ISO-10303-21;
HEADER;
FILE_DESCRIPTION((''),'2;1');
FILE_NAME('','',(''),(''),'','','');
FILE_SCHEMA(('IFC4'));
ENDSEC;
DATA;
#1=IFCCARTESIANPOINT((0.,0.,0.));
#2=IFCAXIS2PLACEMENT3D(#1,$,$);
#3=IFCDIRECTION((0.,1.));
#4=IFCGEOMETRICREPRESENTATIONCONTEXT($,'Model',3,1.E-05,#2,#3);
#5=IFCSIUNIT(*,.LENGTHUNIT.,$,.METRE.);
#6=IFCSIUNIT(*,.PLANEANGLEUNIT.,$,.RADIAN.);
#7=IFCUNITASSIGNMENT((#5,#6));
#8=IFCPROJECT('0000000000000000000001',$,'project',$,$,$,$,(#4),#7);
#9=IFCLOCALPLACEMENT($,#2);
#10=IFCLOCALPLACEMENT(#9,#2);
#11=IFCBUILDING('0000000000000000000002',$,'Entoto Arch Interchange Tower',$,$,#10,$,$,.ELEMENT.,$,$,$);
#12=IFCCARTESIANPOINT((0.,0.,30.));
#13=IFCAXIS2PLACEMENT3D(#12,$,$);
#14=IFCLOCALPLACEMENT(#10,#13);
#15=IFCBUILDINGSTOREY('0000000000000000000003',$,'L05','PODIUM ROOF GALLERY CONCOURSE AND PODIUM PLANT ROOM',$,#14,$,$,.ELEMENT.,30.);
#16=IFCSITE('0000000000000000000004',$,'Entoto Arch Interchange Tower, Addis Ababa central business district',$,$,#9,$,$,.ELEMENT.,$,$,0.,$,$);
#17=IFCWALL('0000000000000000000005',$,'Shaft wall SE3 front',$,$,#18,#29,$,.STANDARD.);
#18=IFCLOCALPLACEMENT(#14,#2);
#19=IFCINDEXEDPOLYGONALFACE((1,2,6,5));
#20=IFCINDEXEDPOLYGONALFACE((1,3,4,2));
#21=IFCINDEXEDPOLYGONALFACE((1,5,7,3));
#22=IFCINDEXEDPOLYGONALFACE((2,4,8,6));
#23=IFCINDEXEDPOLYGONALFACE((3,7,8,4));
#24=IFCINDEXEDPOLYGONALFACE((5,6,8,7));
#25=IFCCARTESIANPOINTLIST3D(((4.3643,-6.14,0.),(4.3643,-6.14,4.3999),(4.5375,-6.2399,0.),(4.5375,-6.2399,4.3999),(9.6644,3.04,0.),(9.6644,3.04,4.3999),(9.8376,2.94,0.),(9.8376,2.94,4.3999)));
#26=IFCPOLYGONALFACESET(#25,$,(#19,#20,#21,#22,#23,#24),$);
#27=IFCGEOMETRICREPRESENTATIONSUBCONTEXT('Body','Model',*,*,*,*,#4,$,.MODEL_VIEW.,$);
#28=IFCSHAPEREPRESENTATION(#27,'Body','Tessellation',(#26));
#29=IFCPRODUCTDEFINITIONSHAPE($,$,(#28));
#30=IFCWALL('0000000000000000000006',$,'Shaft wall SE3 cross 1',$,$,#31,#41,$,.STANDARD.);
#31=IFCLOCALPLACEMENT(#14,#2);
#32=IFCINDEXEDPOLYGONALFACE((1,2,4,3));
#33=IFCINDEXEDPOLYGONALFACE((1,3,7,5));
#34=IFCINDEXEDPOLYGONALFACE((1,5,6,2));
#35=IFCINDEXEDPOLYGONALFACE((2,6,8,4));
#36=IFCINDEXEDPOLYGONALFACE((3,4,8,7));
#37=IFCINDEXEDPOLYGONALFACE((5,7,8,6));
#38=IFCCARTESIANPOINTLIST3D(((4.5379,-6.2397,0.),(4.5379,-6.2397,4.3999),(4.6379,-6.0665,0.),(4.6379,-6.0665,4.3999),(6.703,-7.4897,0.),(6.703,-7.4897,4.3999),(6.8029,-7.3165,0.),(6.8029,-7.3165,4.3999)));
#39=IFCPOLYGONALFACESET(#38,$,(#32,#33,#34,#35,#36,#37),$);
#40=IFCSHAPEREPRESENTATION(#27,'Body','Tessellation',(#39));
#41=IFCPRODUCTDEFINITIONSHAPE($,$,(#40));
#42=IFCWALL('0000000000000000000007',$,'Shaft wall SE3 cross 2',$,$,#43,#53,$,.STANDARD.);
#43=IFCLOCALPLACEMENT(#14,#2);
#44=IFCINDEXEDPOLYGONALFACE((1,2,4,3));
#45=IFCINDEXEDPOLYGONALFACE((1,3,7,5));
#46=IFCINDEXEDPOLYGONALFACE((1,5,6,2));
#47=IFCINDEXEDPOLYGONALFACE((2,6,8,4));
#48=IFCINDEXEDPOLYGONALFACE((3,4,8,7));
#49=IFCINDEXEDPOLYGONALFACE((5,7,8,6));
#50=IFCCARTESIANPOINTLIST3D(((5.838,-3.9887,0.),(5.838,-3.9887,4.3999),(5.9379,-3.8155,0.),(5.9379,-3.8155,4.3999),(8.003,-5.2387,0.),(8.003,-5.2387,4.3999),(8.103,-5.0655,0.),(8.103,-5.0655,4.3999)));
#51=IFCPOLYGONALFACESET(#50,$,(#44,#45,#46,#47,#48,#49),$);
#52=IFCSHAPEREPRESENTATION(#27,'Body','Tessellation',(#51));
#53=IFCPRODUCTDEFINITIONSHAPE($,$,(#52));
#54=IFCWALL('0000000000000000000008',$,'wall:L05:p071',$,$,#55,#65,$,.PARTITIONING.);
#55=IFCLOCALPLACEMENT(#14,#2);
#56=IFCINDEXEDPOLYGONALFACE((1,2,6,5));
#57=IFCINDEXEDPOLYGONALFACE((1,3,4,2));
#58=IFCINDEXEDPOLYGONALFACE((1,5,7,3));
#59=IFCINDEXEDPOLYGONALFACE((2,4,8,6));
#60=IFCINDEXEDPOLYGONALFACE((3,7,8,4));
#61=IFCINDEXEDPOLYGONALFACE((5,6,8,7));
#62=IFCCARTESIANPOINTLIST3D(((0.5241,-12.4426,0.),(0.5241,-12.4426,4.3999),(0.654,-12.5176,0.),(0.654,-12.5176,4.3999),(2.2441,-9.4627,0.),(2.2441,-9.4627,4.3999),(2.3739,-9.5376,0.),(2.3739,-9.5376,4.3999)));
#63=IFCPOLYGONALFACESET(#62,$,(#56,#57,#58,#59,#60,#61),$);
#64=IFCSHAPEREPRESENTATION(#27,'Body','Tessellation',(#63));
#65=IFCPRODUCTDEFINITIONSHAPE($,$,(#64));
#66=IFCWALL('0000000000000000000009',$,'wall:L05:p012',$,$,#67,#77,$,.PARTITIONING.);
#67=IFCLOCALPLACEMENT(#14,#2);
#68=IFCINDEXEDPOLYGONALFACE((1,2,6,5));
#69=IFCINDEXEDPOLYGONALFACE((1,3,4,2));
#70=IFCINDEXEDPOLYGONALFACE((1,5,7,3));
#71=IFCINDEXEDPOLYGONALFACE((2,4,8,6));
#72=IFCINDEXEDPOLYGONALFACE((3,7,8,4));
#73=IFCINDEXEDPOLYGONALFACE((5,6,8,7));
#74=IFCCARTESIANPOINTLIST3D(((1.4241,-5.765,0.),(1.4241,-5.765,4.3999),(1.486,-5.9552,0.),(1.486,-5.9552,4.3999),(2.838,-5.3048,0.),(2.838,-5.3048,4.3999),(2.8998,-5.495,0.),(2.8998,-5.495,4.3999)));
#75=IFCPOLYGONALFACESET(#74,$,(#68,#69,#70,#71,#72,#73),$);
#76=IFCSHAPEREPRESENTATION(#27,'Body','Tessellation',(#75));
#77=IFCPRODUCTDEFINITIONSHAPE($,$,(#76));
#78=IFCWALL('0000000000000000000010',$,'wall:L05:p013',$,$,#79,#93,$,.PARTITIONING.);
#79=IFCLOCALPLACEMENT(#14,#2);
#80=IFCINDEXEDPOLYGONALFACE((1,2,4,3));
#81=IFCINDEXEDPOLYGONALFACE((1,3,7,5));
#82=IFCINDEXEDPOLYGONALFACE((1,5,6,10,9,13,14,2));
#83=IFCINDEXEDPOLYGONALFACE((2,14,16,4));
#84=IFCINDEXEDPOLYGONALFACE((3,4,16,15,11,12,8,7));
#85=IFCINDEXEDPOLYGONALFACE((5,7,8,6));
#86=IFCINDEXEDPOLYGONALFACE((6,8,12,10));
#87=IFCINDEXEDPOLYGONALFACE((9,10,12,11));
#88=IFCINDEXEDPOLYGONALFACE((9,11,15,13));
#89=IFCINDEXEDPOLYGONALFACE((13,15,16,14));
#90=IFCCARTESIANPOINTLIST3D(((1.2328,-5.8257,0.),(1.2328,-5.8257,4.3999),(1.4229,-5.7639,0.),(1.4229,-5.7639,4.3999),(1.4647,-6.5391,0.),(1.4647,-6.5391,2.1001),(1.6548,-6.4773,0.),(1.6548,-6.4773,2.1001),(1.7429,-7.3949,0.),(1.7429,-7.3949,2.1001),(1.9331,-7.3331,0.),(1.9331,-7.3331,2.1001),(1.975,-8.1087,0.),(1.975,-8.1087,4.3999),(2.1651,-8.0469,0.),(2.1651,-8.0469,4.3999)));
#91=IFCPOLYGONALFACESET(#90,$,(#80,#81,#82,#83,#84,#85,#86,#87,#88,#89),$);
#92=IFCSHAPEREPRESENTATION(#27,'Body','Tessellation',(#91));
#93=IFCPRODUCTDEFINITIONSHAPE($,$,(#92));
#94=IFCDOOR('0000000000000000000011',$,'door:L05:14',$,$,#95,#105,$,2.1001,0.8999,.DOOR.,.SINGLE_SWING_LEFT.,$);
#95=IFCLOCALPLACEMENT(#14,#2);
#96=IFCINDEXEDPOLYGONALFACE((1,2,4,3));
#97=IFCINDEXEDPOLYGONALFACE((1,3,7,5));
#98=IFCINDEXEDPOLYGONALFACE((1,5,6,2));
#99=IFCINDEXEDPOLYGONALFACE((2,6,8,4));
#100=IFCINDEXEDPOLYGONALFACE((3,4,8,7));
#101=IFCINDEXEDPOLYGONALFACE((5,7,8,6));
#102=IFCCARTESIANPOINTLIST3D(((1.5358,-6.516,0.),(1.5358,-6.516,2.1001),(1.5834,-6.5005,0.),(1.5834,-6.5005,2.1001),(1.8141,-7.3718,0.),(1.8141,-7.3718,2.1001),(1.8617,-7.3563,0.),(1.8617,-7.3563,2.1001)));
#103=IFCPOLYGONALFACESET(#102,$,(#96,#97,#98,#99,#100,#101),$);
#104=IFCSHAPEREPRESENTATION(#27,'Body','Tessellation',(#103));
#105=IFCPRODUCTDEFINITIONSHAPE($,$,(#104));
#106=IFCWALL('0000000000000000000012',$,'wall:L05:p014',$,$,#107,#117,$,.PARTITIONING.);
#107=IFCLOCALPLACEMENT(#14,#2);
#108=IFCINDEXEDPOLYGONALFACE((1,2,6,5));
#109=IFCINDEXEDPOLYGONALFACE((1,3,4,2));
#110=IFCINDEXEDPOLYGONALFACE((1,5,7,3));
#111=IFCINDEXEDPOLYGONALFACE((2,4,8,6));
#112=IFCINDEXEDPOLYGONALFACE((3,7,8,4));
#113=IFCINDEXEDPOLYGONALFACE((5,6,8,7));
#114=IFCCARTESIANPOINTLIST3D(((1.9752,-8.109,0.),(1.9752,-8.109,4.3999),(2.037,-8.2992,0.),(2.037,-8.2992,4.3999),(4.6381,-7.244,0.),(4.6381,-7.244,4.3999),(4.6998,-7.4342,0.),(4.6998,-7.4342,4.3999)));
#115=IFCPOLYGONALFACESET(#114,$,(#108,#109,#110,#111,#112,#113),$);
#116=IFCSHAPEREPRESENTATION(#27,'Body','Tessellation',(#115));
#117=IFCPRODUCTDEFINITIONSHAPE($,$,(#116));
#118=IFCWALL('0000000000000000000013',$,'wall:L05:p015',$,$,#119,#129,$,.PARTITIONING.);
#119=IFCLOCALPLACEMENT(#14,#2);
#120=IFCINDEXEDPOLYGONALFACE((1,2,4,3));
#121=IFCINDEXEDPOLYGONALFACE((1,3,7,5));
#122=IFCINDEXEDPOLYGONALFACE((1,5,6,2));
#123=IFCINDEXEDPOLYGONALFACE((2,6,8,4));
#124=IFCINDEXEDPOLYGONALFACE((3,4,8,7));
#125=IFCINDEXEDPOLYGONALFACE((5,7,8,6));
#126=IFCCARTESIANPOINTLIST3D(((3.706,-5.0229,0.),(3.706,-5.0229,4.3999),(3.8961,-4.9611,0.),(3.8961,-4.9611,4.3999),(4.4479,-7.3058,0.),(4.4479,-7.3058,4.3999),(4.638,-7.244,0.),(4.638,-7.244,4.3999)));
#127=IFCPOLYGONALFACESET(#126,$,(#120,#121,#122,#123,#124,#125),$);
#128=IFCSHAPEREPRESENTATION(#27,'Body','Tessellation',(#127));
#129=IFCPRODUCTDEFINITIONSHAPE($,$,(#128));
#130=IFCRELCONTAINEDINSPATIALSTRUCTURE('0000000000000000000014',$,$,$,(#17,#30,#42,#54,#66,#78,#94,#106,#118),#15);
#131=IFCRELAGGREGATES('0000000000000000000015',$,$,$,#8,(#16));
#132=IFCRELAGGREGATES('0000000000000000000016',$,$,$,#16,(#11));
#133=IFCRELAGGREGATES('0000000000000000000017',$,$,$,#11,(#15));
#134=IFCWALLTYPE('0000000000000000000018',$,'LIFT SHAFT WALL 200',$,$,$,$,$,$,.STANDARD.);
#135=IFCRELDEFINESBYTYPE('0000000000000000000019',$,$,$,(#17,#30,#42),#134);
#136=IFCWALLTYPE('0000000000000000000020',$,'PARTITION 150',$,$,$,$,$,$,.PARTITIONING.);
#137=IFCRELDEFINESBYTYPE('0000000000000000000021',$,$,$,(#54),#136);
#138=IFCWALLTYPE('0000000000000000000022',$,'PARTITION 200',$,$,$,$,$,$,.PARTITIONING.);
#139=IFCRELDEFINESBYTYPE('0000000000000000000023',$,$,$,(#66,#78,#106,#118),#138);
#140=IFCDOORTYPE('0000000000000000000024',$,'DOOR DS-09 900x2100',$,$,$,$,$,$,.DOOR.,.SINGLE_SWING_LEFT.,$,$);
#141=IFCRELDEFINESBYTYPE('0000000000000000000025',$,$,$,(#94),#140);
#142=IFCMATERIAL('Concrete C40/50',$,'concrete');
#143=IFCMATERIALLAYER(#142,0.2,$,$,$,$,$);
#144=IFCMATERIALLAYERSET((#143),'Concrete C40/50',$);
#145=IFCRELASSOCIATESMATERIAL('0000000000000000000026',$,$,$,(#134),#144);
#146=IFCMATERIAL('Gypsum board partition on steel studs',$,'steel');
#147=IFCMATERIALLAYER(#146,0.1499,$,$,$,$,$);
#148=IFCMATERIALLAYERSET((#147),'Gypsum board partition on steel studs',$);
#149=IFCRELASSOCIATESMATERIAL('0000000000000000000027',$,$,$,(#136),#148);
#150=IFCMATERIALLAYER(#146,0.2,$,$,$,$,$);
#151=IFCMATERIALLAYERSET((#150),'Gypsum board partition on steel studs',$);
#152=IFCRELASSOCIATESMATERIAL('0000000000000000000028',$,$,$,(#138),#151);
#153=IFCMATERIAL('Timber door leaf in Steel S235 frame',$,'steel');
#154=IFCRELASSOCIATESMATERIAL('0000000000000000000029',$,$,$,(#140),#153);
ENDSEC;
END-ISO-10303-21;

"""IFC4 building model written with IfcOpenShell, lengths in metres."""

from ifc_helpers import new_model, si_unit, direction, frame, frame_2d, origin, place, context, subcontext, project, spatial, rectangle, extrude, material, layer, layer_set, type_object, element, fill, save


model = new_model("IFC4")

# Units and contexts
model_context = context("Model", 3, precision=1e-05, world=origin(), true_north=direction((0.0, 1.0)))
body_context = subcontext(model_context, "Body", "Model", "MODEL_VIEW")
ifc_project = project(units=[si_unit("LENGTHUNIT", "METRE"), si_unit("PLANEANGLEUNIT", "RADIAN")], contexts=[model_context])

# Site, building, storey
site_placement = place(None, origin())
site = spatial("IfcSite", under=ifc_project, at=site_placement, Name="Entoto Arch Interchange Tower, Addis Ababa central business district", CompositionType="ELEMENT", RefElevation=0.0)
building_placement = place(site_placement, origin())
building = spatial("IfcBuilding", under=site, at=building_placement, Name="Entoto Arch Interchange Tower", CompositionType="ELEMENT")
storey_placement = place(building_placement, frame((0.0, 0.0, 30.0)))
storey = spatial("IfcBuildingStorey", under=building, at=storey_placement, Name="L05", Description="PODIUM ROOF GALLERY CONCOURSE AND PODIUM PLANT ROOM", CompositionType="ELEMENT", Elevation=30.0)

# Shared definitions
ifc_material_1 = material(Name="Concrete C40/50", Category="concrete")

# Walls
ifc_layer_1 = layer(ifc_material_1, 0.2)
ifc_layer_set_1 = layer_set([ifc_layer_1], Name="Concrete C40/50")
wall_type_1 = type_object("IfcWallType", Name="LIFT SHAFT WALL 200", PredefinedType="STANDARD", material=ifc_layer_set_1)
wall_1_placement = place(storey_placement, frame((4.4509, -6.1899, 0.0), z_axis=(0.0, 0.0, 1.0), x_axis=(0.500001, 0.866025, 0.0)))
element("IfcWall", 1, at=wall_1_placement, inside=storey, type_object=wall_type_1, Name="Shaft wall SE3 front", PredefinedType="STANDARD", context=body_context, shape_type="SweptSolid", body=[
    extrude(rectangle(XDim=10.6001, YDim=0.2, at=frame_2d((5.3, 0.0))), origin(), (0.0, 0.0, 1.0), 4.3999),
])
for number, where, z_axis, x_axis, name in (
    (2, (4.5879, -6.1531, 0.0), (0.0, 0.0, 1.0), (0.866023, -0.500004, 0.0), "Shaft wall SE3 cross 1"),
    (3, (5.8879, -3.9021, 0.0), (0.0, 0.0, 1.0), (0.866023, -0.500004, 0.0), "Shaft wall SE3 cross 2"),
):
    element("IfcWall", number, at=place(storey_placement, frame(where, z_axis=z_axis, x_axis=x_axis)), inside=storey, type_object=wall_type_1, Name=name, PredefinedType="STANDARD", context=body_context, shape_type="SweptSolid", body=[
        extrude(rectangle(XDim=2.5, YDim=0.2, at=frame_2d((1.25, 0.0))), origin(), (0.0, 0.0, 1.0), 4.3999),
    ])
ifc_material_2 = material(Name="Gypsum board partition on steel studs", Category="steel")
ifc_layer_2 = layer(ifc_material_2, 0.1499)
ifc_layer_set_2 = layer_set([ifc_layer_2], Name="Gypsum board partition on steel studs")
wall_type_2 = type_object("IfcWallType", Name="PARTITION 150", PredefinedType="PARTITIONING", material=ifc_layer_set_2)
wall_2_placement = place(storey_placement, frame((0.5891, -12.48, 0.0), z_axis=(0.0, 0.0, 1.0), x_axis=(0.499886, 0.866091, 0.0)))
element("IfcWall", 4, at=wall_2_placement, inside=storey, type_object=wall_type_2, Name="wall:L05:p071", PredefinedType="PARTITIONING", context=body_context, shape_type="SweptSolid", body=[
    extrude(rectangle(XDim=3.4407, YDim=0.1499, at=frame_2d((1.7202, 0.0))), origin(), (0.0, 0.0, 1.0), 4.3999),
])
ifc_layer_3 = layer(ifc_material_2, 0.2)
ifc_layer_set_3 = layer_set([ifc_layer_3], Name="Gypsum board partition on steel studs")
wall_type_3 = type_object("IfcWallType", Name="PARTITION 200", PredefinedType="PARTITIONING", material=ifc_layer_set_3)
wall_3_placement = place(storey_placement, frame((2.8689, -5.3999, 0.0), z_axis=(0.0, 0.0, 1.0), x_axis=(-0.950893, -0.30952, 0.0)))
element("IfcWall", 5, at=wall_3_placement, inside=storey, type_object=wall_type_3, Name="wall:L05:p012", PredefinedType="PARTITIONING", context=body_context, shape_type="SweptSolid", body=[
    extrude(rectangle(XDim=1.4868, YDim=0.2, at=frame_2d((0.7434, 0.0))), origin(), (0.0, 0.0, 1.0), 4.3999),
])

# Wall, opening, door
wall_4_placement = place(storey_placement, frame((1.3279, -5.7949, 0.0), z_axis=(0.0, 0.0, 1.0), x_axis=(0.309171, -0.951006, 0.0)))
wall_4 = element("IfcWall", 6, at=wall_4_placement, inside=storey, type_object=wall_type_3, Name="wall:L05:p013", PredefinedType="PARTITIONING", context=body_context, shape_type="SweptSolid", body=[
    extrude(rectangle(XDim=2.4006, YDim=0.2, at=frame_2d((1.2002, 0.0))), origin(), (0.0, 0.0, 1.0), 4.3999),
])
opening_1_placement = place(wall_4_placement, frame((0.75, 0.0, 0.0)))
opening_1 = element("IfcOpeningElement", 7, at=opening_1_placement, cuts=wall_4, PredefinedType="OPENING", context=body_context, shape_type="SweptSolid", body=[
    extrude(rectangle(XDim=0.8999, YDim=2.1001, at=frame_2d((0.45, 1.05))), frame((0.0, 0.1099, 0.0), z_axis=(0.0, -1.0, 0.0), x_axis=(1.0, 0.0, 0.0)), (0.0, 0.0, 1.0), 0.22),
])
ifc_material_3 = material(Name="Timber door leaf in Steel S235 frame", Category="steel")
door_type_1 = type_object("IfcDoorType", Name="DOOR DS-09 900x2100", OperationType="SINGLE_SWING_LEFT", PredefinedType="DOOR", material=ifc_material_3)
door_1_placement = place(opening_1_placement, origin())
door_1 = element("IfcDoor", 8, at=door_1_placement, inside=storey, type_object=door_type_1, Name="door:L05:14", OperationType="SINGLE_SWING_LEFT", OverallHeight=2.1001, OverallWidth=0.8999, PredefinedType="DOOR", context=body_context, shape_type="SweptSolid", body=[
    extrude(rectangle(XDim=0.8999, YDim=2.1001, at=frame_2d((0.45, 1.05))), frame((0.0, 0.0249, 0.0), z_axis=(0.0, -1.0, 0.0), x_axis=(1.0, 0.0, 0.0)), (0.0, 0.0, 1.0), 0.05),
])
fill(opening_1, door_1)

# Walls
wall_5_placement = place(storey_placement, frame((2.0061, -8.2041, 0.0), z_axis=(0.0, 0.0, 1.0), x_axis=(0.95108, 0.308946, 0.0)))
element("IfcWall", 9, at=wall_5_placement, inside=storey, type_object=wall_type_3, Name="wall:L05:p014", PredefinedType="PARTITIONING", context=body_context, shape_type="SweptSolid", body=[
    extrude(rectangle(XDim=2.7998, YDim=0.2, at=frame_2d((1.3999, 0.0))), origin(), (0.0, 0.0, 1.0), 4.3999),
])
wall_6_placement = place(storey_placement, frame((4.543, -7.2749, 0.0), z_axis=(0.0, 0.0, 1.0), x_axis=(-0.309079, 0.951036, 0.0)))
element("IfcWall", 10, at=wall_6_placement, inside=storey, type_object=wall_type_3, Name="wall:L05:p015", PredefinedType="PARTITIONING", context=body_context, shape_type="SweptSolid", body=[
    extrude(rectangle(XDim=2.4004, YDim=0.2, at=frame_2d((1.2002, 0.0))), origin(), (0.0, 0.0, 1.0), 4.3999),
])

save(model, "model.ifc")
